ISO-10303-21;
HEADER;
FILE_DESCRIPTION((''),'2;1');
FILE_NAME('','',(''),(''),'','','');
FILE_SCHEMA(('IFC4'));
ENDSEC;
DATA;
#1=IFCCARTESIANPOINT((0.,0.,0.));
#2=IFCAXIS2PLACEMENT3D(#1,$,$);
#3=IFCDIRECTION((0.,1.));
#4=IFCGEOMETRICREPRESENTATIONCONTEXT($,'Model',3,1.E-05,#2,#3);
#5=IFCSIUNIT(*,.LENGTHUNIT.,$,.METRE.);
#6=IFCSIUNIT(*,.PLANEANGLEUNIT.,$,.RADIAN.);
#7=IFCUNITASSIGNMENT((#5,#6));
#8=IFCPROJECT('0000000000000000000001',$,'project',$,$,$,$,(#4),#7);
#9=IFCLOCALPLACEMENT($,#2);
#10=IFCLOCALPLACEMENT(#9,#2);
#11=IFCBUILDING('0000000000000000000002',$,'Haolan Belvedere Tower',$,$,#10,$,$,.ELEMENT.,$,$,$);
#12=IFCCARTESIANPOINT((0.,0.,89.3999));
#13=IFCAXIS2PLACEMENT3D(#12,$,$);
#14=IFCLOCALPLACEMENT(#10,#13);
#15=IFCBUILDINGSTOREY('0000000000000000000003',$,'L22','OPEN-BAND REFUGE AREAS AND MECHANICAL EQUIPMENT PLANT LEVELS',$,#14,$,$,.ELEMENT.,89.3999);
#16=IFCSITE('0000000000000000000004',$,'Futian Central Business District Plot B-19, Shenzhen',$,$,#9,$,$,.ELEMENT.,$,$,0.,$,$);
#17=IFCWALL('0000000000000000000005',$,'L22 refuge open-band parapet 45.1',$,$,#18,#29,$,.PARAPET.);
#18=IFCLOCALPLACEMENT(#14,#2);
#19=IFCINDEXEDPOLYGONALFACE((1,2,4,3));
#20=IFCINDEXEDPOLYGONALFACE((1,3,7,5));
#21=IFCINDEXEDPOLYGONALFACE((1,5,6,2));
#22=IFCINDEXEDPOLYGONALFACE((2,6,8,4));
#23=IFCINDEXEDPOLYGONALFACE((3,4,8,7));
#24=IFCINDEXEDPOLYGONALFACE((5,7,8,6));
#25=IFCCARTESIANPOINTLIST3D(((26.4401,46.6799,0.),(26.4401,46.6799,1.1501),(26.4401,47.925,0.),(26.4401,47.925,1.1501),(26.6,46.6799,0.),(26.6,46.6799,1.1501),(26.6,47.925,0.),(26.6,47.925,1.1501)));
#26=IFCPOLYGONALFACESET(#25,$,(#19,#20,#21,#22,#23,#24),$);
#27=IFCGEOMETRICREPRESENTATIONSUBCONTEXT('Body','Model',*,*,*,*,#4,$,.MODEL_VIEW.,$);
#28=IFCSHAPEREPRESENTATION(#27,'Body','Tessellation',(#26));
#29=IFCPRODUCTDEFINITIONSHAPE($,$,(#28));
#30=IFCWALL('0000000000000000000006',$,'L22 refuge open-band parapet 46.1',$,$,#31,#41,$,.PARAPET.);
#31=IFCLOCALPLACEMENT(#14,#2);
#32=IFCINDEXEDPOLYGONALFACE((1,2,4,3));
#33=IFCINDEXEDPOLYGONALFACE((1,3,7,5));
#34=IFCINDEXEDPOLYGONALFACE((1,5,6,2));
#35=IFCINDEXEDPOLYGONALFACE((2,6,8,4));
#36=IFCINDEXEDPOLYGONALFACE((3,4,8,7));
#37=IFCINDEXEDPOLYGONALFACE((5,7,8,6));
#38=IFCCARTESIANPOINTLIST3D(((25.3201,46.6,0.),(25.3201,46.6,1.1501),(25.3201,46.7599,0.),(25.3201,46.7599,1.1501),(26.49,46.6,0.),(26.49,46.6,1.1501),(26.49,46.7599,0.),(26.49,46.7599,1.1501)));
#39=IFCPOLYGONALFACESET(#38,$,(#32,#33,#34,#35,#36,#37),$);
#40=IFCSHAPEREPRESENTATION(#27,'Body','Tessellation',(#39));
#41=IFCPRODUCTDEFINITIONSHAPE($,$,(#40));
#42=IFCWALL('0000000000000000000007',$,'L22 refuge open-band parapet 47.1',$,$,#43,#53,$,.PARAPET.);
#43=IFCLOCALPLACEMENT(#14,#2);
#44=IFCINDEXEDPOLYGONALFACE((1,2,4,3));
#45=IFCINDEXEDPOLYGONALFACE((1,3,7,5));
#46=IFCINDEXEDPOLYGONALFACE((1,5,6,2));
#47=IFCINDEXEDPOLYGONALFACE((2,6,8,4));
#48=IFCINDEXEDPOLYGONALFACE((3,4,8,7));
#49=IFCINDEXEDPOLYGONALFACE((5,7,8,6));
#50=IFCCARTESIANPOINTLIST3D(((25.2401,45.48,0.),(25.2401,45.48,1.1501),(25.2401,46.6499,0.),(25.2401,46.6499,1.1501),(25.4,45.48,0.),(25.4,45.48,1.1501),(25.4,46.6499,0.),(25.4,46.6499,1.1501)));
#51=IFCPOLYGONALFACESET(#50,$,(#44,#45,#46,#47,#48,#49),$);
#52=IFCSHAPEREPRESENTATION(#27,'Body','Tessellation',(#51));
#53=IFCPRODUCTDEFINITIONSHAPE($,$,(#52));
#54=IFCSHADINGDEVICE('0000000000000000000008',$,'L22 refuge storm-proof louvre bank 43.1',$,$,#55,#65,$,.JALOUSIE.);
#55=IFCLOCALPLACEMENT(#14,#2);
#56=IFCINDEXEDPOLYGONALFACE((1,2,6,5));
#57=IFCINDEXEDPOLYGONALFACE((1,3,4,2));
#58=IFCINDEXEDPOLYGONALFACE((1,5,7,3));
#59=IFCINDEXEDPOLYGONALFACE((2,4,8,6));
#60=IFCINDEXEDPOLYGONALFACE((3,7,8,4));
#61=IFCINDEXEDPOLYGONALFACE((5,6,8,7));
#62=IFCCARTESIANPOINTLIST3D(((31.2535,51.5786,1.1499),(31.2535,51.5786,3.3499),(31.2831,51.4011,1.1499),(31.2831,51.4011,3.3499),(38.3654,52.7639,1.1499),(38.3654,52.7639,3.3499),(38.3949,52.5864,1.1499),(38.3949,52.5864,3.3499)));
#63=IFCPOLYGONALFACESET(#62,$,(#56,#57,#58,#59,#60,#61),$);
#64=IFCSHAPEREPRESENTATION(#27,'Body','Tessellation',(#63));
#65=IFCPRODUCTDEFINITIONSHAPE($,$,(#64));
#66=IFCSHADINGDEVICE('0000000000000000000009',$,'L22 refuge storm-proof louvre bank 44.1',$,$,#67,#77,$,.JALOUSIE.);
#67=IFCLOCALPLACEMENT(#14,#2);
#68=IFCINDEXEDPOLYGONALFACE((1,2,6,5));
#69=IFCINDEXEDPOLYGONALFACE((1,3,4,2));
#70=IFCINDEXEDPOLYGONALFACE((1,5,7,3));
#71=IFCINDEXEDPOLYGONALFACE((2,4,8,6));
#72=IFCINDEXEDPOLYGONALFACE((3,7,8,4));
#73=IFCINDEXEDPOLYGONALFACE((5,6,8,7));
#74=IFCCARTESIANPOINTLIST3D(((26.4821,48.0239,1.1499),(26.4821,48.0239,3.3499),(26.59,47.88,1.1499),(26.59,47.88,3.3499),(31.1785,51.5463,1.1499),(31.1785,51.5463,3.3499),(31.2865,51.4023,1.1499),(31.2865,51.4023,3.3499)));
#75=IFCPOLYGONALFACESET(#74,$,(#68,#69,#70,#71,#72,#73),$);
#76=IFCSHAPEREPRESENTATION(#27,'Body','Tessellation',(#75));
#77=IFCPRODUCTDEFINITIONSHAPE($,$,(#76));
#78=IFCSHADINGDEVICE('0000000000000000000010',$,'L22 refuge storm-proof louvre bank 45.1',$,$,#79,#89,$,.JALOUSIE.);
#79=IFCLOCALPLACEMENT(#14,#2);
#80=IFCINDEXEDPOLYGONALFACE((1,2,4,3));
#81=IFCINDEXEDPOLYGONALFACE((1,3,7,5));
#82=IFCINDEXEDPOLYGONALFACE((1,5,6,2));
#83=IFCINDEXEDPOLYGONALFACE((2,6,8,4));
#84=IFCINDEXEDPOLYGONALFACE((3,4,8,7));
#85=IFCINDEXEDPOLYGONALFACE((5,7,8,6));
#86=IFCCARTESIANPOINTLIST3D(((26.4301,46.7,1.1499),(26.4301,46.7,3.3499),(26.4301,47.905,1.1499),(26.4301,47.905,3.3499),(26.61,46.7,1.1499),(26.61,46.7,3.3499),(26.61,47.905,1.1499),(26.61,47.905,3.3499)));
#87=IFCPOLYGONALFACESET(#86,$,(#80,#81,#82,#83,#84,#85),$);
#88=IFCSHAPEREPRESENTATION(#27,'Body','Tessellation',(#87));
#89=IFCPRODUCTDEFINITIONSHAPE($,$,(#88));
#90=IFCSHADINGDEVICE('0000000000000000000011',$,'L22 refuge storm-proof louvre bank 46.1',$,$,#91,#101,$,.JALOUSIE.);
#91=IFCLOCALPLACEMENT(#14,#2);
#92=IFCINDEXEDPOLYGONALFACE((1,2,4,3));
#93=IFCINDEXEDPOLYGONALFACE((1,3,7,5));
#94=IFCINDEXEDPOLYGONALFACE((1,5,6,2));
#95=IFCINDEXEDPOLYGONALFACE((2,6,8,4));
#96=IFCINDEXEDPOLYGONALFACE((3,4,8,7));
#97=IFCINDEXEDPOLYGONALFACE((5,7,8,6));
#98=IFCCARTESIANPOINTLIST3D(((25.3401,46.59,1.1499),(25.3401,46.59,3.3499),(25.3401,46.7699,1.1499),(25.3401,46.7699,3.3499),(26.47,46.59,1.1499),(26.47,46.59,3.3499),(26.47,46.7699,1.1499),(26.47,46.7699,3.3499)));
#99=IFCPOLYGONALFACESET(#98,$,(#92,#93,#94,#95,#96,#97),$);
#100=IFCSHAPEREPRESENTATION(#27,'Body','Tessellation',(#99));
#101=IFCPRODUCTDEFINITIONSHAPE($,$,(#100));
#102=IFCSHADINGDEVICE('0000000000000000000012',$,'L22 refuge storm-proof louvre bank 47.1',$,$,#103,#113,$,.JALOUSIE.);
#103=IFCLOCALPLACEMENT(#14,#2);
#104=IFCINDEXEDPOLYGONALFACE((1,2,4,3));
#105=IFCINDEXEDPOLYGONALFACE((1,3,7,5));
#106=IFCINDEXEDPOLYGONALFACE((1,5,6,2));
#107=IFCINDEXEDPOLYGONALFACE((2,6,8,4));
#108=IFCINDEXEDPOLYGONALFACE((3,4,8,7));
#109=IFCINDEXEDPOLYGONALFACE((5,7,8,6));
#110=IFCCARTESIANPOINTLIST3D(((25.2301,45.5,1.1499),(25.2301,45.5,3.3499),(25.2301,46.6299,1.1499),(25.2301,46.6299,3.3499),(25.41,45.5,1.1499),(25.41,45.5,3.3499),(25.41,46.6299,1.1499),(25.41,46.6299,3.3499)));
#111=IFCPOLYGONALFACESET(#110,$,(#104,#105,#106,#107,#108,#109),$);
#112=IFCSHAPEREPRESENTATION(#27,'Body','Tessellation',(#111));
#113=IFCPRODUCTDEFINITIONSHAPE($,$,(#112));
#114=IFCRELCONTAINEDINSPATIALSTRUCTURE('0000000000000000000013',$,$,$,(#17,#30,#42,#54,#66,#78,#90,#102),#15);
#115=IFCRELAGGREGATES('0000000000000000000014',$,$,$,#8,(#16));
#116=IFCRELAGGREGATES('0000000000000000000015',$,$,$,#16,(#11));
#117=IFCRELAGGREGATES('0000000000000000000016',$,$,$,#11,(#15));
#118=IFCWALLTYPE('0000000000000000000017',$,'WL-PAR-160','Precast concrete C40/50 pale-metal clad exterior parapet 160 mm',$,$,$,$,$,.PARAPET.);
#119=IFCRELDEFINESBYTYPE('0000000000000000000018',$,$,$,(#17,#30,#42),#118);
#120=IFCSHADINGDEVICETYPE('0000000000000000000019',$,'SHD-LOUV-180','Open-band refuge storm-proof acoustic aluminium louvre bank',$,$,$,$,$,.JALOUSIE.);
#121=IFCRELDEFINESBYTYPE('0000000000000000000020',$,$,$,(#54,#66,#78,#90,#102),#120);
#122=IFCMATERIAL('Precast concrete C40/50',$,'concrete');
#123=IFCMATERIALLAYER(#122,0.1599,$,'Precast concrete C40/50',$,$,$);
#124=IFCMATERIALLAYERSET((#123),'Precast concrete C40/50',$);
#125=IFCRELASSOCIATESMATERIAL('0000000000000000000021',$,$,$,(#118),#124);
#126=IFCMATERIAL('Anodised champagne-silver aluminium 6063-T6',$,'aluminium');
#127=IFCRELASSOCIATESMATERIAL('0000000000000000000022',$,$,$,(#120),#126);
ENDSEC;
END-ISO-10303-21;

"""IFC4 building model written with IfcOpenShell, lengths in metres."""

from ifc_helpers import new_model, si_unit, direction, frame, frame_2d, origin, origin_2d, place, context, subcontext, project, spatial, rectangle, extrude, material, layer, layer_set, type_object, element, save


model = new_model("IFC4")

# Units and contexts
model_context = context("Model", 3, precision=1e-05, world=origin(), true_north=direction((0.0, 1.0)))
body_context = subcontext(model_context, "Body", "Model", "MODEL_VIEW")
ifc_project = project(units=[si_unit("LENGTHUNIT", "METRE"), si_unit("PLANEANGLEUNIT", "RADIAN")], contexts=[model_context])

# Site, building, storey
site_placement = place(None, origin())
site = spatial("IfcSite", under=ifc_project, at=site_placement, Name="Futian Central Business District Plot B-19, Shenzhen", CompositionType="ELEMENT", RefElevation=0.0)
building_placement = place(site_placement, origin())
building = spatial("IfcBuilding", under=site, at=building_placement, Name="Haolan Belvedere Tower", CompositionType="ELEMENT")
storey_placement = place(building_placement, frame((0.0, 0.0, 89.3999)))
storey = spatial("IfcBuildingStorey", under=building, at=storey_placement, Name="L22", Description="OPEN-BAND REFUGE AREAS AND MECHANICAL EQUIPMENT PLANT LEVELS", CompositionType="ELEMENT", Elevation=89.3999)

# Walls
ifc_material_1 = material(Name="Precast concrete C40/50", Category="concrete")
ifc_layer_1 = layer(ifc_material_1, 0.1599, Name="Precast concrete C40/50")
ifc_layer_set_1 = layer_set([ifc_layer_1], Name="Precast concrete C40/50")
wall_type_1 = type_object("IfcWallType", Name="WL-PAR-160", Description="Precast concrete C40/50 pale-metal clad exterior parapet 160 mm", PredefinedType="PARAPET", material=ifc_layer_set_1)
wall_1_placement = place(storey_placement, frame((26.52, 47.925, 0.0), z_axis=(0.0, 0.0, 1.0), x_axis=(0.0, -1.0, 0.0)))
element("IfcWall", 1, at=wall_1_placement, inside=storey, type_object=wall_type_1, Name="L22 refuge open-band parapet 45.1", PredefinedType="PARAPET", context=body_context, shape_type="SweptSolid", body=[
    extrude(rectangle(XDim=1.2451, YDim=0.1599, at=frame_2d((0.6226, 0.0))), origin(), (0.0, 0.0, 1.0), 1.1501),
])
for number, where, z_axis, x_axis, name in (
    (2, (26.49, 46.6799, 0.0), (0.0, 0.0, 1.0), (-1.0, 0.0, 0.0), "L22 refuge open-band parapet 46.1"),
    (3, (25.3201, 46.6499, 0.0), (0.0, 0.0, 1.0), (0.0, -1.0, 0.0), "L22 refuge open-band parapet 47.1"),
):
    element("IfcWall", number, at=place(storey_placement, frame(where, z_axis=z_axis, x_axis=x_axis)), inside=storey, type_object=wall_type_1, Name=name, PredefinedType="PARAPET", context=body_context, shape_type="SweptSolid", body=[
        extrude(rectangle(XDim=1.1699, YDim=0.1599, at=frame_2d((0.585, 0.0))), origin(), (0.0, 0.0, 1.0), 1.1501),
    ])

# Shading devices
ifc_material_2 = material(Name="Anodised champagne-silver aluminium 6063-T6", Category="aluminium")
shading_device_type = type_object("IfcShadingDeviceType", Name="SHD-LOUV-180", Description="Open-band refuge storm-proof acoustic aluminium louvre bank", PredefinedType="JALOUSIE", material=ifc_material_2)
shading_device_1_placement = place(storey_placement, frame((34.8242, 52.0825, 1.1499), z_axis=(0.0, 0.0, 1.0), x_axis=(-0.986395, -0.164393, 0.0)))
element("IfcShadingDevice", 4, at=shading_device_1_placement, inside=storey, type_object=shading_device_type, Name="L22 refuge storm-proof louvre bank 43.1", PredefinedType="JALOUSIE", context=body_context, shape_type="SweptSolid", body=[
    extrude(rectangle(XDim=7.21, YDim=0.1799, at=origin_2d()), origin(), (0.0, 0.0, 1.0), 2.2),
])
shading_device_2_placement = place(storey_placement, frame((28.8843, 49.7131, 1.1499), z_axis=(0.0, 0.0, 1.0), x_axis=(-0.799999, -0.600001, 0.0)))
element("IfcShadingDevice", 5, at=shading_device_2_placement, inside=storey, type_object=shading_device_type, Name="L22 refuge storm-proof louvre bank 44.1", PredefinedType="JALOUSIE", context=body_context, shape_type="SweptSolid", body=[
    extrude(rectangle(XDim=5.8706, YDim=0.1799, at=origin_2d()), origin(), (0.0, 0.0, 1.0), 2.2),
])
shading_device_3_placement = place(storey_placement, frame((26.52, 47.3025, 1.1499), z_axis=(0.0, 0.0, 1.0), x_axis=(0.0, -1.0, 0.0)))
element("IfcShadingDevice", 6, at=shading_device_3_placement, inside=storey, type_object=shading_device_type, Name="L22 refuge storm-proof louvre bank 45.1", PredefinedType="JALOUSIE", context=body_context, shape_type="SweptSolid", body=[
    extrude(rectangle(XDim=1.2051, YDim=0.1799, at=origin_2d()), origin(), (0.0, 0.0, 1.0), 2.2),
])
for number, where, z_axis, x_axis, name in (
    (7, (25.905, 46.6799, 1.1499), (0.0, 0.0, 1.0), (-1.0, 0.0, 0.0), "L22 refuge storm-proof louvre bank 46.1"),
    (8, (25.3201, 46.0649, 1.1499), (0.0, 0.0, 1.0), (0.0, -1.0, 0.0), "L22 refuge storm-proof louvre bank 47.1"),
):
    element("IfcShadingDevice", number, at=place(storey_placement, frame(where, z_axis=z_axis, x_axis=x_axis)), inside=storey, type_object=shading_device_type, Name=name, PredefinedType="JALOUSIE", context=body_context, shape_type="SweptSolid", body=[
        extrude(rectangle(XDim=1.1299, YDim=0.1799, at=origin_2d()), origin(), (0.0, 0.0, 1.0), 2.2),
    ])

save(model, "model.ifc")
